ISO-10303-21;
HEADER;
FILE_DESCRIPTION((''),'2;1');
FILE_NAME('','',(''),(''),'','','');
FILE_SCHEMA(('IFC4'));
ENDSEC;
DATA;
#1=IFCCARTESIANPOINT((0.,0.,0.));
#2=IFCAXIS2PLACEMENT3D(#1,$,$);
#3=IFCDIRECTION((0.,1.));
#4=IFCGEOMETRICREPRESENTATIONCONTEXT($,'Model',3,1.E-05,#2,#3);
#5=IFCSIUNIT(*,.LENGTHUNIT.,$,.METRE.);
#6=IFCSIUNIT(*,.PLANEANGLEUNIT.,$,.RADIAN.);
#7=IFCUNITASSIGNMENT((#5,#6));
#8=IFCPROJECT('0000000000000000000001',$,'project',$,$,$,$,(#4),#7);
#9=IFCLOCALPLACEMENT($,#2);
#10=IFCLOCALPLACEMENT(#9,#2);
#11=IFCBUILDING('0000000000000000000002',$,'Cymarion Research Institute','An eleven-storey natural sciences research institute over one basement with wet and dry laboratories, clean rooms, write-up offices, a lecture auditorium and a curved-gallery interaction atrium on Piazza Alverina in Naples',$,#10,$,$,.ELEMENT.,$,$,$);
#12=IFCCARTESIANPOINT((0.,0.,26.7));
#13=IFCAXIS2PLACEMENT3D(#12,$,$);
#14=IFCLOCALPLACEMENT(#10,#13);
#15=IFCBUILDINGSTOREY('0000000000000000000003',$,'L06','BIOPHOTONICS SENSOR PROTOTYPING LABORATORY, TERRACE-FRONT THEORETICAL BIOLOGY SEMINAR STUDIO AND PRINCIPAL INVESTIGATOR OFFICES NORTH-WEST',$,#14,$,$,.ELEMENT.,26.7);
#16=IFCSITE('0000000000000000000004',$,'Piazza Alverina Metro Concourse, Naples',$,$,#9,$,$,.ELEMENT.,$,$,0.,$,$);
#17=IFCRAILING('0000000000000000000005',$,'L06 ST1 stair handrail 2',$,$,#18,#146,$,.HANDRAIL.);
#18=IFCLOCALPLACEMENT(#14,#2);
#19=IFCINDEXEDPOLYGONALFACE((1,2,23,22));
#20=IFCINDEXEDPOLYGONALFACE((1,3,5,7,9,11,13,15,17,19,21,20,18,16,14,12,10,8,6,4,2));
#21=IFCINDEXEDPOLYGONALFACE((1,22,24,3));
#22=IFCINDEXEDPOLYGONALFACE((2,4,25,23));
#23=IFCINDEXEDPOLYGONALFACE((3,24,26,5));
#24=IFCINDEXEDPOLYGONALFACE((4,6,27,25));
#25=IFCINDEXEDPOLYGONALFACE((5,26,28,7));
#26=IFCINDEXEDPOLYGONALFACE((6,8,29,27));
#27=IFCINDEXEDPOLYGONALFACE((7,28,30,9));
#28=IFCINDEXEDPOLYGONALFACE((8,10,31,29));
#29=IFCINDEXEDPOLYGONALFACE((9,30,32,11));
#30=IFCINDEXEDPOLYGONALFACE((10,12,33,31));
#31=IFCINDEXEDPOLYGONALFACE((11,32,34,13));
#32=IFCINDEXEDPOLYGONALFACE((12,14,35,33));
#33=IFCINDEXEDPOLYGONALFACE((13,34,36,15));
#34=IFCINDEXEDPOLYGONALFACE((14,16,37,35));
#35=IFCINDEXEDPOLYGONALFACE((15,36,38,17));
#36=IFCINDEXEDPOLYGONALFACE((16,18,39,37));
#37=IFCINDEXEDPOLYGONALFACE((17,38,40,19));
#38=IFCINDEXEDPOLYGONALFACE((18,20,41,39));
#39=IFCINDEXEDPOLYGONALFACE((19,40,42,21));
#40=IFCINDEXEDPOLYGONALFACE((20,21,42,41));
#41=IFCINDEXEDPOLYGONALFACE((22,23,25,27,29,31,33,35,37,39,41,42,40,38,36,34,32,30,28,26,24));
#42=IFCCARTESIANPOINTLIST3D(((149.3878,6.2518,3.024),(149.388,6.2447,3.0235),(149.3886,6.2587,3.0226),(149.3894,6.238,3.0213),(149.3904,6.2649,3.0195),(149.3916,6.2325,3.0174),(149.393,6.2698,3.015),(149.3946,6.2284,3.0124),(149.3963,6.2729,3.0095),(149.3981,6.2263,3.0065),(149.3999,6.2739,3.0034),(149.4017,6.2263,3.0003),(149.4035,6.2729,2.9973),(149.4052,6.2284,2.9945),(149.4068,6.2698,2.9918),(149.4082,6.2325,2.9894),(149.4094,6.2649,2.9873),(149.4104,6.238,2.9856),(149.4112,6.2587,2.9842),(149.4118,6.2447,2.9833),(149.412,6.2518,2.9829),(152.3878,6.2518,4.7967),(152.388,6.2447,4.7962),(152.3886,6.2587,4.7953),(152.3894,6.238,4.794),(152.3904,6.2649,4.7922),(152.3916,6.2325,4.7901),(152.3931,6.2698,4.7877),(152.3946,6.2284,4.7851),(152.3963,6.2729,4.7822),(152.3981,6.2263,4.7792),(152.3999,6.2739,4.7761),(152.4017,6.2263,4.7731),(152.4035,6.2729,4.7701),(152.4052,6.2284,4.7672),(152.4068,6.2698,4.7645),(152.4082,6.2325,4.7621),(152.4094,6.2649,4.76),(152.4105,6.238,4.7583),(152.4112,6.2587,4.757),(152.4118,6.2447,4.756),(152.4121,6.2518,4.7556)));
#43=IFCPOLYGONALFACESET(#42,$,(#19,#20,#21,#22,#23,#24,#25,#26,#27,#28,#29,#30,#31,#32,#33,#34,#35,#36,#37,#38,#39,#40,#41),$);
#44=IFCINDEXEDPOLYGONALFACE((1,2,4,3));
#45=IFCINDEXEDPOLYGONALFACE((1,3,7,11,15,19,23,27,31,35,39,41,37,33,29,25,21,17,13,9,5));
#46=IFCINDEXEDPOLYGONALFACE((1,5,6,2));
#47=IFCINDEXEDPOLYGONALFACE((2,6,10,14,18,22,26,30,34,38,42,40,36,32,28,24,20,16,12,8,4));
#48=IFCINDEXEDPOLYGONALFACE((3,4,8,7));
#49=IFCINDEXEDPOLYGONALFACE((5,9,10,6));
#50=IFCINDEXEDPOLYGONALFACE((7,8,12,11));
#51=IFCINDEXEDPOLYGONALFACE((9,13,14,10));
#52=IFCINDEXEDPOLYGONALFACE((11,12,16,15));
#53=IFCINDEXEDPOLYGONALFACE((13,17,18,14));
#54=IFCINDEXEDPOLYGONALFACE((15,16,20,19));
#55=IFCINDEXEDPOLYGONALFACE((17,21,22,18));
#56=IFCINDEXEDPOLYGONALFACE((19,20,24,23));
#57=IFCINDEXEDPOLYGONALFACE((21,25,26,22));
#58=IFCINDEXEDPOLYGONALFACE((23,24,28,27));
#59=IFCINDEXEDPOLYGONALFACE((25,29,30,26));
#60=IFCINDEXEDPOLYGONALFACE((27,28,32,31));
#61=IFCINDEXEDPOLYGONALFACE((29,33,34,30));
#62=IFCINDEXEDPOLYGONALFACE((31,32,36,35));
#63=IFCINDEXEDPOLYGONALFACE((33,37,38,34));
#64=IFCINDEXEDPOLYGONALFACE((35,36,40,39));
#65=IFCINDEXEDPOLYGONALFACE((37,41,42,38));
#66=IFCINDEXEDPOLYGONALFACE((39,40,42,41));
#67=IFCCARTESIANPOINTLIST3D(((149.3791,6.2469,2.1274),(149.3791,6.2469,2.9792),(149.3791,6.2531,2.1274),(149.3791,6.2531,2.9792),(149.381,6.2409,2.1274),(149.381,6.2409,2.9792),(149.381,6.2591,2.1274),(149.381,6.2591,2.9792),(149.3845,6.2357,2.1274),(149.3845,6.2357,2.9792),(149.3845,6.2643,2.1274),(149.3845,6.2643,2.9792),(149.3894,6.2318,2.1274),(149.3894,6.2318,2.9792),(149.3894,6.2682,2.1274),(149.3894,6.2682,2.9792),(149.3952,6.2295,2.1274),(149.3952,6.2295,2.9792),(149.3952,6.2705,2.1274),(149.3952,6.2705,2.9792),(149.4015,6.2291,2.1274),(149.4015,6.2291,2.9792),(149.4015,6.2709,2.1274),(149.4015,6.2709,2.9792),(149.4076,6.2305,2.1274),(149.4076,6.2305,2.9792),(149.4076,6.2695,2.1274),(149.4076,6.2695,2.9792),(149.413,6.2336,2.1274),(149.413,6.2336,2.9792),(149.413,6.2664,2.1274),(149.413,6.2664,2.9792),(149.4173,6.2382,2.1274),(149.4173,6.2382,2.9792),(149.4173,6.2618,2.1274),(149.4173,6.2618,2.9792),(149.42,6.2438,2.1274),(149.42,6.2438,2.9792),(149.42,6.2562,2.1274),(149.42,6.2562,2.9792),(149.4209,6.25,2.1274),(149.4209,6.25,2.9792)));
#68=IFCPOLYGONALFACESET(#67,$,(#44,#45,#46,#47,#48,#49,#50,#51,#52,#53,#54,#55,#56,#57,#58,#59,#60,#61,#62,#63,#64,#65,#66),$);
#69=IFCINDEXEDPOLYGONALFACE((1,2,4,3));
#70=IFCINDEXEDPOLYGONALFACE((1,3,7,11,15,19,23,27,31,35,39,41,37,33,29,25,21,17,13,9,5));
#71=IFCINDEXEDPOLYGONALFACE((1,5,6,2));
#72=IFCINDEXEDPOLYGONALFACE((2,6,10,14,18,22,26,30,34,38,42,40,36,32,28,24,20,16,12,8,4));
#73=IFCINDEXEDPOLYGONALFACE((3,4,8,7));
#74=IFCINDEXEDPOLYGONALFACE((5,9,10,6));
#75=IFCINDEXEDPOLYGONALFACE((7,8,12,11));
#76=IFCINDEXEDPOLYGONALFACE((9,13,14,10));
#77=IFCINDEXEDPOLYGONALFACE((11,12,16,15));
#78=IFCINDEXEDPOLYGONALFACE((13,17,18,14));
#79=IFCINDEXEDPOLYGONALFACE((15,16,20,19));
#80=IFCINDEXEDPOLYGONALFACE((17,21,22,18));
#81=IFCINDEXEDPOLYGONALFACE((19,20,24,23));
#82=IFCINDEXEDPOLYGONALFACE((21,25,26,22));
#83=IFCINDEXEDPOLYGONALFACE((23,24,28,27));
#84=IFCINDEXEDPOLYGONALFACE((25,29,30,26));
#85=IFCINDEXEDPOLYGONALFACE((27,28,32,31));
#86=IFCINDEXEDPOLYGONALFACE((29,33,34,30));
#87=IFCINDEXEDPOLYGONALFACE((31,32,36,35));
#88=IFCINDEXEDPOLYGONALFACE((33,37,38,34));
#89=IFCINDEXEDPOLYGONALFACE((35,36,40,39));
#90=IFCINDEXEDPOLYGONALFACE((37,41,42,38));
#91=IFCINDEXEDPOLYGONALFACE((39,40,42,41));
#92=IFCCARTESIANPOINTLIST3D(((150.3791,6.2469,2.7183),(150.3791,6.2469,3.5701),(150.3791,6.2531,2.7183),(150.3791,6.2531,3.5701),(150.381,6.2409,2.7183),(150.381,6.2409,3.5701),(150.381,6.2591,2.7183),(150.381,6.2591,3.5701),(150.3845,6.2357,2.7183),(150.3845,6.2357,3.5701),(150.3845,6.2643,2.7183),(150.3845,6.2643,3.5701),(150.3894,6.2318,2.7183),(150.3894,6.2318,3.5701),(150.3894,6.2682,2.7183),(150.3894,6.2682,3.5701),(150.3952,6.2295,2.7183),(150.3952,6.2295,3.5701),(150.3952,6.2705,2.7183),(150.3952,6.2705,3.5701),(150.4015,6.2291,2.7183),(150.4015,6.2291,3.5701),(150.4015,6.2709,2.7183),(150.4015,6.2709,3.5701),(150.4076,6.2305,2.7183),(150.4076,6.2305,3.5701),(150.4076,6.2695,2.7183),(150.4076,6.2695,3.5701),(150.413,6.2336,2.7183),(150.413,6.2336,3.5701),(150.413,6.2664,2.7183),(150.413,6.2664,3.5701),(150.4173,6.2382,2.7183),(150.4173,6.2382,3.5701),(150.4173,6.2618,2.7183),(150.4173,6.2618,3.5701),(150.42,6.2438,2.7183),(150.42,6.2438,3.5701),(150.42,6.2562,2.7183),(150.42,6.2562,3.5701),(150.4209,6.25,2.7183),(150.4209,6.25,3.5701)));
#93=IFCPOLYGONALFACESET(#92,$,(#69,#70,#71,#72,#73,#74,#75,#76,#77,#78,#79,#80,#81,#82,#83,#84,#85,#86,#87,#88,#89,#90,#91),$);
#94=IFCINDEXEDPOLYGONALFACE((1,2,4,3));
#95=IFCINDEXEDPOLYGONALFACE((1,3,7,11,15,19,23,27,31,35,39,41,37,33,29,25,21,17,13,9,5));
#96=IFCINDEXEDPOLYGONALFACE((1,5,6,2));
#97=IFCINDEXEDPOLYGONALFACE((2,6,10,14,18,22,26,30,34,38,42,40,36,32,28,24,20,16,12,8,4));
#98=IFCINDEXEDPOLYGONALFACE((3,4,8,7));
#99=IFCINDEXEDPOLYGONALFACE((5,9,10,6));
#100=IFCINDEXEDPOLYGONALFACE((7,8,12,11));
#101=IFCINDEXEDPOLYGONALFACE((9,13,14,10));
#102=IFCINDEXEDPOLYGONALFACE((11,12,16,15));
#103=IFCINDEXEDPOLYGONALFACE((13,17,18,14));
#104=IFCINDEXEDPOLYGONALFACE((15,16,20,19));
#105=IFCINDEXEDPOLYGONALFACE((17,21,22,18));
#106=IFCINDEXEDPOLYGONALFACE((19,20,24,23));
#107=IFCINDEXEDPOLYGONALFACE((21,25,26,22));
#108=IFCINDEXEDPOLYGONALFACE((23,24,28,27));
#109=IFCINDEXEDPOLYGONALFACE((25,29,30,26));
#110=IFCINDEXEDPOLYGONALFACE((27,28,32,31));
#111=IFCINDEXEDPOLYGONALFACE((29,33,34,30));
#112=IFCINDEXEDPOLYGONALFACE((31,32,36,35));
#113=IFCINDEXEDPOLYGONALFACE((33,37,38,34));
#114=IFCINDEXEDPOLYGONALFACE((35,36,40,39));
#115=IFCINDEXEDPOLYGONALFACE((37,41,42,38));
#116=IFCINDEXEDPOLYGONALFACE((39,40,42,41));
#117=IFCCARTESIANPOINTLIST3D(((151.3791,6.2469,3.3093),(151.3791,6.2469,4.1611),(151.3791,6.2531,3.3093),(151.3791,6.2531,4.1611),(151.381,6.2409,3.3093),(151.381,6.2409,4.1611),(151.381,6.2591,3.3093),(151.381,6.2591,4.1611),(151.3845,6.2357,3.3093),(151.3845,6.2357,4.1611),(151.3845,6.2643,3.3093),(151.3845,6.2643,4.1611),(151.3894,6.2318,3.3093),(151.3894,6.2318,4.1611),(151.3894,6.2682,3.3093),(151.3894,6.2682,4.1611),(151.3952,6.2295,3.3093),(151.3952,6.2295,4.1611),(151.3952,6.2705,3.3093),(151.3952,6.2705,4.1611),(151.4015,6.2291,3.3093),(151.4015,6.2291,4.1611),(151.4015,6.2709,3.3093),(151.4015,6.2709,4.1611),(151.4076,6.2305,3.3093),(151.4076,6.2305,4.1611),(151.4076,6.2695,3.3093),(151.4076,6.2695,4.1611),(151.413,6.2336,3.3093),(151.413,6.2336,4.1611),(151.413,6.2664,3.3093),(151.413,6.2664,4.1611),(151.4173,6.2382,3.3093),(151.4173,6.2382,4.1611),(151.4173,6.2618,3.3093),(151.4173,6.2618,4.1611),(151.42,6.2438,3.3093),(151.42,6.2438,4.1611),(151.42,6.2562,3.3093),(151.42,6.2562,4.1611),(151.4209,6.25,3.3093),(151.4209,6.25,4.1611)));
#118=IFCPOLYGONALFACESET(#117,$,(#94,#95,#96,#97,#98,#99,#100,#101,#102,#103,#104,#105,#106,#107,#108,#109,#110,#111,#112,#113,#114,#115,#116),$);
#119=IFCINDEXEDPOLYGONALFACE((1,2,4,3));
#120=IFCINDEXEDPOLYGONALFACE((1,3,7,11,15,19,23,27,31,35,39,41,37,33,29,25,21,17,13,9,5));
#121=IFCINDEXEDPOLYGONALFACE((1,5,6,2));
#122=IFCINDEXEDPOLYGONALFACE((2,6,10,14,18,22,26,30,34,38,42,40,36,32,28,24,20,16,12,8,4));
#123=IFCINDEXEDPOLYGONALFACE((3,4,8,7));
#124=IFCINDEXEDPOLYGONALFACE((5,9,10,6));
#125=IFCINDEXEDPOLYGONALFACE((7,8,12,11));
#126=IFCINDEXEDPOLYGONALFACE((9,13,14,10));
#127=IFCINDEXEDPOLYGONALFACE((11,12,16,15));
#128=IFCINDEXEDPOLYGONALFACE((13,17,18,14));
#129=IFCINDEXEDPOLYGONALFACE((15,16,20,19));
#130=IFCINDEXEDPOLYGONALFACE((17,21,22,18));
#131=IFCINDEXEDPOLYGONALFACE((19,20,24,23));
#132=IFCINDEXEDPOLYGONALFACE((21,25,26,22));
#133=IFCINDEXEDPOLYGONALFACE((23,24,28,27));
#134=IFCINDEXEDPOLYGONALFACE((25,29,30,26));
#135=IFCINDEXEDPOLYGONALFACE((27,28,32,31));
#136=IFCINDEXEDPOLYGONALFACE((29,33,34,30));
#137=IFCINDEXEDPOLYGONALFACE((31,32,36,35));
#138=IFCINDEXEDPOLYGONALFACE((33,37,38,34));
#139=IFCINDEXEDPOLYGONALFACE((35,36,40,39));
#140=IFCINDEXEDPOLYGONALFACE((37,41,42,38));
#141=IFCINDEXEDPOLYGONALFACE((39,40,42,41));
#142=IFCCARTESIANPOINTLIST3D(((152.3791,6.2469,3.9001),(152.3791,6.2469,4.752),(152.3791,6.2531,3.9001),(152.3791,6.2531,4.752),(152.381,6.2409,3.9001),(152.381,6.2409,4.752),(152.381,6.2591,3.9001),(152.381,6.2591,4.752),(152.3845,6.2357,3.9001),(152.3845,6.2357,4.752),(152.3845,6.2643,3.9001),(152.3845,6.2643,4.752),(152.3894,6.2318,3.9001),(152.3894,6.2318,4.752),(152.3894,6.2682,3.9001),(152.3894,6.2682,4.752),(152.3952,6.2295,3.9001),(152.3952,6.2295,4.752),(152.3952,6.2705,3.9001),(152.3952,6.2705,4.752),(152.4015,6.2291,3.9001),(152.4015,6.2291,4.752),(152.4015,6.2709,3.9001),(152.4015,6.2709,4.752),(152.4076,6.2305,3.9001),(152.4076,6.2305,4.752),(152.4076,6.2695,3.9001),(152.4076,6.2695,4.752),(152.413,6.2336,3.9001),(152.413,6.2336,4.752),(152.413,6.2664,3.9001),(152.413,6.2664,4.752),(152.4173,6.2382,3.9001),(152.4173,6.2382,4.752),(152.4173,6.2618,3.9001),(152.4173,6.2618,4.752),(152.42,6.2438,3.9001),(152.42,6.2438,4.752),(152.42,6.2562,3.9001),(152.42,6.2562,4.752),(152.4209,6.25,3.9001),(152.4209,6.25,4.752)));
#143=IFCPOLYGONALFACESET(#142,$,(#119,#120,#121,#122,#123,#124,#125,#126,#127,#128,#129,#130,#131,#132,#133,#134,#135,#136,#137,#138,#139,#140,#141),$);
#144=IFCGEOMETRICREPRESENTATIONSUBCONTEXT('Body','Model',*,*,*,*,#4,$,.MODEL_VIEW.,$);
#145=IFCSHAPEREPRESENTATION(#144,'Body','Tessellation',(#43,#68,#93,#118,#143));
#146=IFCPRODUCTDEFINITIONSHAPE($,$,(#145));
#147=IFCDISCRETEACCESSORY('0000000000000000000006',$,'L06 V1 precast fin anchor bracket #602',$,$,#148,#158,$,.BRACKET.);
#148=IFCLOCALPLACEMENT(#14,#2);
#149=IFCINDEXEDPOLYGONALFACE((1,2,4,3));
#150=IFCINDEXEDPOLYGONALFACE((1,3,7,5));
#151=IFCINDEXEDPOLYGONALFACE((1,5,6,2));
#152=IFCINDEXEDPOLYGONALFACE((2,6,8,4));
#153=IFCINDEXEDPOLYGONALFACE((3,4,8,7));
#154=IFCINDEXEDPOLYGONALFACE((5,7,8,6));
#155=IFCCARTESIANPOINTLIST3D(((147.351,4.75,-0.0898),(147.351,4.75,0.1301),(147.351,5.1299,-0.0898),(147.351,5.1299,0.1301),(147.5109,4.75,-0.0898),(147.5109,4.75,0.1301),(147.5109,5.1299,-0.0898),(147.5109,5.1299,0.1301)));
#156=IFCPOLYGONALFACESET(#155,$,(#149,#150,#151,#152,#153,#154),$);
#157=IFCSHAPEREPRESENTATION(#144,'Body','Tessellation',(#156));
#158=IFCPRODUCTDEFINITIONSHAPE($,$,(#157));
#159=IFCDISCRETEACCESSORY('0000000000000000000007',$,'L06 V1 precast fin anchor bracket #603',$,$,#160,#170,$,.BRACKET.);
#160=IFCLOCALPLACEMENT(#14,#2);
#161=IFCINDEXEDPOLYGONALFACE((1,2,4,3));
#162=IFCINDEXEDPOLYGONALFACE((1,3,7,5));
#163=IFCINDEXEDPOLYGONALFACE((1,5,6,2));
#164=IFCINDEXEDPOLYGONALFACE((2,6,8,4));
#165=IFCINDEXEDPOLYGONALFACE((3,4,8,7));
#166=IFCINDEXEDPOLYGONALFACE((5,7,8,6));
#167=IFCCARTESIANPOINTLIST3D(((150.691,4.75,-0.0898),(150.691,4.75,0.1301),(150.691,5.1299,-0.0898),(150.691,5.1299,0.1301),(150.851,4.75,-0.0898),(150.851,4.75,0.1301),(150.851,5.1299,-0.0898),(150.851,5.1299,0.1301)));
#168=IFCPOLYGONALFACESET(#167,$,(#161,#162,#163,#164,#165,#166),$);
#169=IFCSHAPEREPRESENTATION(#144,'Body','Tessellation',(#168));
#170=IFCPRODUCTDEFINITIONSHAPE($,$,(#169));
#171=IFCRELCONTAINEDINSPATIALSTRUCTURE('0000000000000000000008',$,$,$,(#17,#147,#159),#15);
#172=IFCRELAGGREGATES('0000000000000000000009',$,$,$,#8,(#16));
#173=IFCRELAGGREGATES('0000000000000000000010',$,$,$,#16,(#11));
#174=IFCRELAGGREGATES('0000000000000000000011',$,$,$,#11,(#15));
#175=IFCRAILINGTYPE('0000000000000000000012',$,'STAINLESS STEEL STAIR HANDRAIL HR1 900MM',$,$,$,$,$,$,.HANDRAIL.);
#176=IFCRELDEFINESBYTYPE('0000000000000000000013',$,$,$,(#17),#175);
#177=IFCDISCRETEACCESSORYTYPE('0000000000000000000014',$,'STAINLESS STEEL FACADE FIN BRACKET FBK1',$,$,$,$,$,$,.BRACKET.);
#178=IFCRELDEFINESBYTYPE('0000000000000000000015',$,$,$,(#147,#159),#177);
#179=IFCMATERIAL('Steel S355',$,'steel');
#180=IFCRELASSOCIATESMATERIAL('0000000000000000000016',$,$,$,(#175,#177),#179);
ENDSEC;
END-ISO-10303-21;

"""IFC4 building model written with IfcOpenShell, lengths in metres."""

from ifc_helpers import new_model, si_unit, direction, frame, origin, origin_2d, place, context, subcontext, project, spatial, rectangle, circle, extrude, material, type_object, element, save


model = new_model("IFC4")

# Units and contexts
model_context = context("Model", 3, precision=1e-05, world=origin(), true_north=direction((0.0, 1.0)))
body_context = subcontext(model_context, "Body", "Model", "MODEL_VIEW")
ifc_project = project(units=[si_unit("LENGTHUNIT", "METRE"), si_unit("PLANEANGLEUNIT", "RADIAN")], contexts=[model_context])

# Site, building, storey
site_placement = place(None, origin())
site = spatial("IfcSite", under=ifc_project, at=site_placement, Name="Piazza Alverina Metro Concourse, Naples", CompositionType="ELEMENT", RefElevation=0.0)
building_placement = place(site_placement, origin())
building = spatial("IfcBuilding", under=site, at=building_placement, Name="Cymarion Research Institute", Description="An eleven-storey natural sciences research institute over one basement with wet and dry laboratories, clean rooms, write-up offices, a lecture auditorium and a curved-gallery interaction atrium on Piazza Alverina in Naples", CompositionType="ELEMENT")
storey_placement = place(building_placement, frame((0.0, 0.0, 26.7)))
storey = spatial("IfcBuildingStorey", under=building, at=storey_placement, Name="L06", Description="BIOPHOTONICS SENSOR PROTOTYPING LABORATORY, TERRACE-FRONT THEORETICAL BIOLOGY SEMINAR STUDIO AND PRINCIPAL INVESTIGATOR OFFICES NORTH-WEST", CompositionType="ELEMENT", Elevation=26.7)

# Shared definitions
ifc_material_1 = material(Name="Steel S355", Category="steel")

# Railing
railing_type_1 = type_object("IfcRailingType", Name="STAINLESS STEEL STAIR HANDRAIL HR1 900MM", PredefinedType="HANDRAIL", material=ifc_material_1)
railing_1_placement = place(storey_placement, frame((149.3999, 6.25, 2.1274)))
element("IfcRailing", 1, at=railing_1_placement, inside=storey, type_object=railing_type_1, Name="L06 ST1 stair handrail 2", PredefinedType="HANDRAIL", context=body_context, shape_type="SweptSolid", body=[
    extrude(circle(Radius=0.0239, at=origin_2d()), frame((0.0, 0.0, 0.876), z_axis=(0.860929, 0.0, 0.508725), x_axis=(0.0, 1.0, 0.0)), (0.0, 0.0, 1.0), 3.4846),
    extrude(circle(Radius=0.021, at=origin_2d()), origin(), (0.0, 0.0, 1.0), 0.8518),
    extrude(circle(Radius=0.021, at=origin_2d()), frame((1.0, 0.0, 0.5908)), (0.0, 0.0, 1.0), 0.8518),
    extrude(circle(Radius=0.021, at=origin_2d()), frame((2.0, 0.0, 1.1819)), (0.0, 0.0, 1.0), 0.8518),
    extrude(circle(Radius=0.021, at=origin_2d()), frame((3.0, 0.0, 1.7727)), (0.0, 0.0, 1.0), 0.8518),
])

# Discrete accessories
discrete_accessory_type = type_object("IfcDiscreteAccessoryType", Name="STAINLESS STEEL FACADE FIN BRACKET FBK1", PredefinedType="BRACKET", material=ifc_material_1)
for number, where, z_axis, x_axis, name in (
    (2, (147.4309, 4.9399, -0.0898), (0.0, 0.0, 1.0), (0.0, -1.0, 0.0), "L06 V1 precast fin anchor bracket #602"),
    (3, (150.771, 4.9399, -0.0898), (0.0, 0.0, 1.0), (0.0, -1.0, 0.0), "L06 V1 precast fin anchor bracket #603"),
):
    element("IfcDiscreteAccessory", number, at=place(storey_placement, frame(where, z_axis=z_axis, x_axis=x_axis)), inside=storey, type_object=discrete_accessory_type, Name=name, PredefinedType="BRACKET", context=body_context, shape_type="SweptSolid", body=[
        extrude(rectangle(XDim=0.3799, YDim=0.1599, at=origin_2d()), origin(), (0.0, 0.0, 1.0), 0.22),
    ])

save(model, "model.ifc")
